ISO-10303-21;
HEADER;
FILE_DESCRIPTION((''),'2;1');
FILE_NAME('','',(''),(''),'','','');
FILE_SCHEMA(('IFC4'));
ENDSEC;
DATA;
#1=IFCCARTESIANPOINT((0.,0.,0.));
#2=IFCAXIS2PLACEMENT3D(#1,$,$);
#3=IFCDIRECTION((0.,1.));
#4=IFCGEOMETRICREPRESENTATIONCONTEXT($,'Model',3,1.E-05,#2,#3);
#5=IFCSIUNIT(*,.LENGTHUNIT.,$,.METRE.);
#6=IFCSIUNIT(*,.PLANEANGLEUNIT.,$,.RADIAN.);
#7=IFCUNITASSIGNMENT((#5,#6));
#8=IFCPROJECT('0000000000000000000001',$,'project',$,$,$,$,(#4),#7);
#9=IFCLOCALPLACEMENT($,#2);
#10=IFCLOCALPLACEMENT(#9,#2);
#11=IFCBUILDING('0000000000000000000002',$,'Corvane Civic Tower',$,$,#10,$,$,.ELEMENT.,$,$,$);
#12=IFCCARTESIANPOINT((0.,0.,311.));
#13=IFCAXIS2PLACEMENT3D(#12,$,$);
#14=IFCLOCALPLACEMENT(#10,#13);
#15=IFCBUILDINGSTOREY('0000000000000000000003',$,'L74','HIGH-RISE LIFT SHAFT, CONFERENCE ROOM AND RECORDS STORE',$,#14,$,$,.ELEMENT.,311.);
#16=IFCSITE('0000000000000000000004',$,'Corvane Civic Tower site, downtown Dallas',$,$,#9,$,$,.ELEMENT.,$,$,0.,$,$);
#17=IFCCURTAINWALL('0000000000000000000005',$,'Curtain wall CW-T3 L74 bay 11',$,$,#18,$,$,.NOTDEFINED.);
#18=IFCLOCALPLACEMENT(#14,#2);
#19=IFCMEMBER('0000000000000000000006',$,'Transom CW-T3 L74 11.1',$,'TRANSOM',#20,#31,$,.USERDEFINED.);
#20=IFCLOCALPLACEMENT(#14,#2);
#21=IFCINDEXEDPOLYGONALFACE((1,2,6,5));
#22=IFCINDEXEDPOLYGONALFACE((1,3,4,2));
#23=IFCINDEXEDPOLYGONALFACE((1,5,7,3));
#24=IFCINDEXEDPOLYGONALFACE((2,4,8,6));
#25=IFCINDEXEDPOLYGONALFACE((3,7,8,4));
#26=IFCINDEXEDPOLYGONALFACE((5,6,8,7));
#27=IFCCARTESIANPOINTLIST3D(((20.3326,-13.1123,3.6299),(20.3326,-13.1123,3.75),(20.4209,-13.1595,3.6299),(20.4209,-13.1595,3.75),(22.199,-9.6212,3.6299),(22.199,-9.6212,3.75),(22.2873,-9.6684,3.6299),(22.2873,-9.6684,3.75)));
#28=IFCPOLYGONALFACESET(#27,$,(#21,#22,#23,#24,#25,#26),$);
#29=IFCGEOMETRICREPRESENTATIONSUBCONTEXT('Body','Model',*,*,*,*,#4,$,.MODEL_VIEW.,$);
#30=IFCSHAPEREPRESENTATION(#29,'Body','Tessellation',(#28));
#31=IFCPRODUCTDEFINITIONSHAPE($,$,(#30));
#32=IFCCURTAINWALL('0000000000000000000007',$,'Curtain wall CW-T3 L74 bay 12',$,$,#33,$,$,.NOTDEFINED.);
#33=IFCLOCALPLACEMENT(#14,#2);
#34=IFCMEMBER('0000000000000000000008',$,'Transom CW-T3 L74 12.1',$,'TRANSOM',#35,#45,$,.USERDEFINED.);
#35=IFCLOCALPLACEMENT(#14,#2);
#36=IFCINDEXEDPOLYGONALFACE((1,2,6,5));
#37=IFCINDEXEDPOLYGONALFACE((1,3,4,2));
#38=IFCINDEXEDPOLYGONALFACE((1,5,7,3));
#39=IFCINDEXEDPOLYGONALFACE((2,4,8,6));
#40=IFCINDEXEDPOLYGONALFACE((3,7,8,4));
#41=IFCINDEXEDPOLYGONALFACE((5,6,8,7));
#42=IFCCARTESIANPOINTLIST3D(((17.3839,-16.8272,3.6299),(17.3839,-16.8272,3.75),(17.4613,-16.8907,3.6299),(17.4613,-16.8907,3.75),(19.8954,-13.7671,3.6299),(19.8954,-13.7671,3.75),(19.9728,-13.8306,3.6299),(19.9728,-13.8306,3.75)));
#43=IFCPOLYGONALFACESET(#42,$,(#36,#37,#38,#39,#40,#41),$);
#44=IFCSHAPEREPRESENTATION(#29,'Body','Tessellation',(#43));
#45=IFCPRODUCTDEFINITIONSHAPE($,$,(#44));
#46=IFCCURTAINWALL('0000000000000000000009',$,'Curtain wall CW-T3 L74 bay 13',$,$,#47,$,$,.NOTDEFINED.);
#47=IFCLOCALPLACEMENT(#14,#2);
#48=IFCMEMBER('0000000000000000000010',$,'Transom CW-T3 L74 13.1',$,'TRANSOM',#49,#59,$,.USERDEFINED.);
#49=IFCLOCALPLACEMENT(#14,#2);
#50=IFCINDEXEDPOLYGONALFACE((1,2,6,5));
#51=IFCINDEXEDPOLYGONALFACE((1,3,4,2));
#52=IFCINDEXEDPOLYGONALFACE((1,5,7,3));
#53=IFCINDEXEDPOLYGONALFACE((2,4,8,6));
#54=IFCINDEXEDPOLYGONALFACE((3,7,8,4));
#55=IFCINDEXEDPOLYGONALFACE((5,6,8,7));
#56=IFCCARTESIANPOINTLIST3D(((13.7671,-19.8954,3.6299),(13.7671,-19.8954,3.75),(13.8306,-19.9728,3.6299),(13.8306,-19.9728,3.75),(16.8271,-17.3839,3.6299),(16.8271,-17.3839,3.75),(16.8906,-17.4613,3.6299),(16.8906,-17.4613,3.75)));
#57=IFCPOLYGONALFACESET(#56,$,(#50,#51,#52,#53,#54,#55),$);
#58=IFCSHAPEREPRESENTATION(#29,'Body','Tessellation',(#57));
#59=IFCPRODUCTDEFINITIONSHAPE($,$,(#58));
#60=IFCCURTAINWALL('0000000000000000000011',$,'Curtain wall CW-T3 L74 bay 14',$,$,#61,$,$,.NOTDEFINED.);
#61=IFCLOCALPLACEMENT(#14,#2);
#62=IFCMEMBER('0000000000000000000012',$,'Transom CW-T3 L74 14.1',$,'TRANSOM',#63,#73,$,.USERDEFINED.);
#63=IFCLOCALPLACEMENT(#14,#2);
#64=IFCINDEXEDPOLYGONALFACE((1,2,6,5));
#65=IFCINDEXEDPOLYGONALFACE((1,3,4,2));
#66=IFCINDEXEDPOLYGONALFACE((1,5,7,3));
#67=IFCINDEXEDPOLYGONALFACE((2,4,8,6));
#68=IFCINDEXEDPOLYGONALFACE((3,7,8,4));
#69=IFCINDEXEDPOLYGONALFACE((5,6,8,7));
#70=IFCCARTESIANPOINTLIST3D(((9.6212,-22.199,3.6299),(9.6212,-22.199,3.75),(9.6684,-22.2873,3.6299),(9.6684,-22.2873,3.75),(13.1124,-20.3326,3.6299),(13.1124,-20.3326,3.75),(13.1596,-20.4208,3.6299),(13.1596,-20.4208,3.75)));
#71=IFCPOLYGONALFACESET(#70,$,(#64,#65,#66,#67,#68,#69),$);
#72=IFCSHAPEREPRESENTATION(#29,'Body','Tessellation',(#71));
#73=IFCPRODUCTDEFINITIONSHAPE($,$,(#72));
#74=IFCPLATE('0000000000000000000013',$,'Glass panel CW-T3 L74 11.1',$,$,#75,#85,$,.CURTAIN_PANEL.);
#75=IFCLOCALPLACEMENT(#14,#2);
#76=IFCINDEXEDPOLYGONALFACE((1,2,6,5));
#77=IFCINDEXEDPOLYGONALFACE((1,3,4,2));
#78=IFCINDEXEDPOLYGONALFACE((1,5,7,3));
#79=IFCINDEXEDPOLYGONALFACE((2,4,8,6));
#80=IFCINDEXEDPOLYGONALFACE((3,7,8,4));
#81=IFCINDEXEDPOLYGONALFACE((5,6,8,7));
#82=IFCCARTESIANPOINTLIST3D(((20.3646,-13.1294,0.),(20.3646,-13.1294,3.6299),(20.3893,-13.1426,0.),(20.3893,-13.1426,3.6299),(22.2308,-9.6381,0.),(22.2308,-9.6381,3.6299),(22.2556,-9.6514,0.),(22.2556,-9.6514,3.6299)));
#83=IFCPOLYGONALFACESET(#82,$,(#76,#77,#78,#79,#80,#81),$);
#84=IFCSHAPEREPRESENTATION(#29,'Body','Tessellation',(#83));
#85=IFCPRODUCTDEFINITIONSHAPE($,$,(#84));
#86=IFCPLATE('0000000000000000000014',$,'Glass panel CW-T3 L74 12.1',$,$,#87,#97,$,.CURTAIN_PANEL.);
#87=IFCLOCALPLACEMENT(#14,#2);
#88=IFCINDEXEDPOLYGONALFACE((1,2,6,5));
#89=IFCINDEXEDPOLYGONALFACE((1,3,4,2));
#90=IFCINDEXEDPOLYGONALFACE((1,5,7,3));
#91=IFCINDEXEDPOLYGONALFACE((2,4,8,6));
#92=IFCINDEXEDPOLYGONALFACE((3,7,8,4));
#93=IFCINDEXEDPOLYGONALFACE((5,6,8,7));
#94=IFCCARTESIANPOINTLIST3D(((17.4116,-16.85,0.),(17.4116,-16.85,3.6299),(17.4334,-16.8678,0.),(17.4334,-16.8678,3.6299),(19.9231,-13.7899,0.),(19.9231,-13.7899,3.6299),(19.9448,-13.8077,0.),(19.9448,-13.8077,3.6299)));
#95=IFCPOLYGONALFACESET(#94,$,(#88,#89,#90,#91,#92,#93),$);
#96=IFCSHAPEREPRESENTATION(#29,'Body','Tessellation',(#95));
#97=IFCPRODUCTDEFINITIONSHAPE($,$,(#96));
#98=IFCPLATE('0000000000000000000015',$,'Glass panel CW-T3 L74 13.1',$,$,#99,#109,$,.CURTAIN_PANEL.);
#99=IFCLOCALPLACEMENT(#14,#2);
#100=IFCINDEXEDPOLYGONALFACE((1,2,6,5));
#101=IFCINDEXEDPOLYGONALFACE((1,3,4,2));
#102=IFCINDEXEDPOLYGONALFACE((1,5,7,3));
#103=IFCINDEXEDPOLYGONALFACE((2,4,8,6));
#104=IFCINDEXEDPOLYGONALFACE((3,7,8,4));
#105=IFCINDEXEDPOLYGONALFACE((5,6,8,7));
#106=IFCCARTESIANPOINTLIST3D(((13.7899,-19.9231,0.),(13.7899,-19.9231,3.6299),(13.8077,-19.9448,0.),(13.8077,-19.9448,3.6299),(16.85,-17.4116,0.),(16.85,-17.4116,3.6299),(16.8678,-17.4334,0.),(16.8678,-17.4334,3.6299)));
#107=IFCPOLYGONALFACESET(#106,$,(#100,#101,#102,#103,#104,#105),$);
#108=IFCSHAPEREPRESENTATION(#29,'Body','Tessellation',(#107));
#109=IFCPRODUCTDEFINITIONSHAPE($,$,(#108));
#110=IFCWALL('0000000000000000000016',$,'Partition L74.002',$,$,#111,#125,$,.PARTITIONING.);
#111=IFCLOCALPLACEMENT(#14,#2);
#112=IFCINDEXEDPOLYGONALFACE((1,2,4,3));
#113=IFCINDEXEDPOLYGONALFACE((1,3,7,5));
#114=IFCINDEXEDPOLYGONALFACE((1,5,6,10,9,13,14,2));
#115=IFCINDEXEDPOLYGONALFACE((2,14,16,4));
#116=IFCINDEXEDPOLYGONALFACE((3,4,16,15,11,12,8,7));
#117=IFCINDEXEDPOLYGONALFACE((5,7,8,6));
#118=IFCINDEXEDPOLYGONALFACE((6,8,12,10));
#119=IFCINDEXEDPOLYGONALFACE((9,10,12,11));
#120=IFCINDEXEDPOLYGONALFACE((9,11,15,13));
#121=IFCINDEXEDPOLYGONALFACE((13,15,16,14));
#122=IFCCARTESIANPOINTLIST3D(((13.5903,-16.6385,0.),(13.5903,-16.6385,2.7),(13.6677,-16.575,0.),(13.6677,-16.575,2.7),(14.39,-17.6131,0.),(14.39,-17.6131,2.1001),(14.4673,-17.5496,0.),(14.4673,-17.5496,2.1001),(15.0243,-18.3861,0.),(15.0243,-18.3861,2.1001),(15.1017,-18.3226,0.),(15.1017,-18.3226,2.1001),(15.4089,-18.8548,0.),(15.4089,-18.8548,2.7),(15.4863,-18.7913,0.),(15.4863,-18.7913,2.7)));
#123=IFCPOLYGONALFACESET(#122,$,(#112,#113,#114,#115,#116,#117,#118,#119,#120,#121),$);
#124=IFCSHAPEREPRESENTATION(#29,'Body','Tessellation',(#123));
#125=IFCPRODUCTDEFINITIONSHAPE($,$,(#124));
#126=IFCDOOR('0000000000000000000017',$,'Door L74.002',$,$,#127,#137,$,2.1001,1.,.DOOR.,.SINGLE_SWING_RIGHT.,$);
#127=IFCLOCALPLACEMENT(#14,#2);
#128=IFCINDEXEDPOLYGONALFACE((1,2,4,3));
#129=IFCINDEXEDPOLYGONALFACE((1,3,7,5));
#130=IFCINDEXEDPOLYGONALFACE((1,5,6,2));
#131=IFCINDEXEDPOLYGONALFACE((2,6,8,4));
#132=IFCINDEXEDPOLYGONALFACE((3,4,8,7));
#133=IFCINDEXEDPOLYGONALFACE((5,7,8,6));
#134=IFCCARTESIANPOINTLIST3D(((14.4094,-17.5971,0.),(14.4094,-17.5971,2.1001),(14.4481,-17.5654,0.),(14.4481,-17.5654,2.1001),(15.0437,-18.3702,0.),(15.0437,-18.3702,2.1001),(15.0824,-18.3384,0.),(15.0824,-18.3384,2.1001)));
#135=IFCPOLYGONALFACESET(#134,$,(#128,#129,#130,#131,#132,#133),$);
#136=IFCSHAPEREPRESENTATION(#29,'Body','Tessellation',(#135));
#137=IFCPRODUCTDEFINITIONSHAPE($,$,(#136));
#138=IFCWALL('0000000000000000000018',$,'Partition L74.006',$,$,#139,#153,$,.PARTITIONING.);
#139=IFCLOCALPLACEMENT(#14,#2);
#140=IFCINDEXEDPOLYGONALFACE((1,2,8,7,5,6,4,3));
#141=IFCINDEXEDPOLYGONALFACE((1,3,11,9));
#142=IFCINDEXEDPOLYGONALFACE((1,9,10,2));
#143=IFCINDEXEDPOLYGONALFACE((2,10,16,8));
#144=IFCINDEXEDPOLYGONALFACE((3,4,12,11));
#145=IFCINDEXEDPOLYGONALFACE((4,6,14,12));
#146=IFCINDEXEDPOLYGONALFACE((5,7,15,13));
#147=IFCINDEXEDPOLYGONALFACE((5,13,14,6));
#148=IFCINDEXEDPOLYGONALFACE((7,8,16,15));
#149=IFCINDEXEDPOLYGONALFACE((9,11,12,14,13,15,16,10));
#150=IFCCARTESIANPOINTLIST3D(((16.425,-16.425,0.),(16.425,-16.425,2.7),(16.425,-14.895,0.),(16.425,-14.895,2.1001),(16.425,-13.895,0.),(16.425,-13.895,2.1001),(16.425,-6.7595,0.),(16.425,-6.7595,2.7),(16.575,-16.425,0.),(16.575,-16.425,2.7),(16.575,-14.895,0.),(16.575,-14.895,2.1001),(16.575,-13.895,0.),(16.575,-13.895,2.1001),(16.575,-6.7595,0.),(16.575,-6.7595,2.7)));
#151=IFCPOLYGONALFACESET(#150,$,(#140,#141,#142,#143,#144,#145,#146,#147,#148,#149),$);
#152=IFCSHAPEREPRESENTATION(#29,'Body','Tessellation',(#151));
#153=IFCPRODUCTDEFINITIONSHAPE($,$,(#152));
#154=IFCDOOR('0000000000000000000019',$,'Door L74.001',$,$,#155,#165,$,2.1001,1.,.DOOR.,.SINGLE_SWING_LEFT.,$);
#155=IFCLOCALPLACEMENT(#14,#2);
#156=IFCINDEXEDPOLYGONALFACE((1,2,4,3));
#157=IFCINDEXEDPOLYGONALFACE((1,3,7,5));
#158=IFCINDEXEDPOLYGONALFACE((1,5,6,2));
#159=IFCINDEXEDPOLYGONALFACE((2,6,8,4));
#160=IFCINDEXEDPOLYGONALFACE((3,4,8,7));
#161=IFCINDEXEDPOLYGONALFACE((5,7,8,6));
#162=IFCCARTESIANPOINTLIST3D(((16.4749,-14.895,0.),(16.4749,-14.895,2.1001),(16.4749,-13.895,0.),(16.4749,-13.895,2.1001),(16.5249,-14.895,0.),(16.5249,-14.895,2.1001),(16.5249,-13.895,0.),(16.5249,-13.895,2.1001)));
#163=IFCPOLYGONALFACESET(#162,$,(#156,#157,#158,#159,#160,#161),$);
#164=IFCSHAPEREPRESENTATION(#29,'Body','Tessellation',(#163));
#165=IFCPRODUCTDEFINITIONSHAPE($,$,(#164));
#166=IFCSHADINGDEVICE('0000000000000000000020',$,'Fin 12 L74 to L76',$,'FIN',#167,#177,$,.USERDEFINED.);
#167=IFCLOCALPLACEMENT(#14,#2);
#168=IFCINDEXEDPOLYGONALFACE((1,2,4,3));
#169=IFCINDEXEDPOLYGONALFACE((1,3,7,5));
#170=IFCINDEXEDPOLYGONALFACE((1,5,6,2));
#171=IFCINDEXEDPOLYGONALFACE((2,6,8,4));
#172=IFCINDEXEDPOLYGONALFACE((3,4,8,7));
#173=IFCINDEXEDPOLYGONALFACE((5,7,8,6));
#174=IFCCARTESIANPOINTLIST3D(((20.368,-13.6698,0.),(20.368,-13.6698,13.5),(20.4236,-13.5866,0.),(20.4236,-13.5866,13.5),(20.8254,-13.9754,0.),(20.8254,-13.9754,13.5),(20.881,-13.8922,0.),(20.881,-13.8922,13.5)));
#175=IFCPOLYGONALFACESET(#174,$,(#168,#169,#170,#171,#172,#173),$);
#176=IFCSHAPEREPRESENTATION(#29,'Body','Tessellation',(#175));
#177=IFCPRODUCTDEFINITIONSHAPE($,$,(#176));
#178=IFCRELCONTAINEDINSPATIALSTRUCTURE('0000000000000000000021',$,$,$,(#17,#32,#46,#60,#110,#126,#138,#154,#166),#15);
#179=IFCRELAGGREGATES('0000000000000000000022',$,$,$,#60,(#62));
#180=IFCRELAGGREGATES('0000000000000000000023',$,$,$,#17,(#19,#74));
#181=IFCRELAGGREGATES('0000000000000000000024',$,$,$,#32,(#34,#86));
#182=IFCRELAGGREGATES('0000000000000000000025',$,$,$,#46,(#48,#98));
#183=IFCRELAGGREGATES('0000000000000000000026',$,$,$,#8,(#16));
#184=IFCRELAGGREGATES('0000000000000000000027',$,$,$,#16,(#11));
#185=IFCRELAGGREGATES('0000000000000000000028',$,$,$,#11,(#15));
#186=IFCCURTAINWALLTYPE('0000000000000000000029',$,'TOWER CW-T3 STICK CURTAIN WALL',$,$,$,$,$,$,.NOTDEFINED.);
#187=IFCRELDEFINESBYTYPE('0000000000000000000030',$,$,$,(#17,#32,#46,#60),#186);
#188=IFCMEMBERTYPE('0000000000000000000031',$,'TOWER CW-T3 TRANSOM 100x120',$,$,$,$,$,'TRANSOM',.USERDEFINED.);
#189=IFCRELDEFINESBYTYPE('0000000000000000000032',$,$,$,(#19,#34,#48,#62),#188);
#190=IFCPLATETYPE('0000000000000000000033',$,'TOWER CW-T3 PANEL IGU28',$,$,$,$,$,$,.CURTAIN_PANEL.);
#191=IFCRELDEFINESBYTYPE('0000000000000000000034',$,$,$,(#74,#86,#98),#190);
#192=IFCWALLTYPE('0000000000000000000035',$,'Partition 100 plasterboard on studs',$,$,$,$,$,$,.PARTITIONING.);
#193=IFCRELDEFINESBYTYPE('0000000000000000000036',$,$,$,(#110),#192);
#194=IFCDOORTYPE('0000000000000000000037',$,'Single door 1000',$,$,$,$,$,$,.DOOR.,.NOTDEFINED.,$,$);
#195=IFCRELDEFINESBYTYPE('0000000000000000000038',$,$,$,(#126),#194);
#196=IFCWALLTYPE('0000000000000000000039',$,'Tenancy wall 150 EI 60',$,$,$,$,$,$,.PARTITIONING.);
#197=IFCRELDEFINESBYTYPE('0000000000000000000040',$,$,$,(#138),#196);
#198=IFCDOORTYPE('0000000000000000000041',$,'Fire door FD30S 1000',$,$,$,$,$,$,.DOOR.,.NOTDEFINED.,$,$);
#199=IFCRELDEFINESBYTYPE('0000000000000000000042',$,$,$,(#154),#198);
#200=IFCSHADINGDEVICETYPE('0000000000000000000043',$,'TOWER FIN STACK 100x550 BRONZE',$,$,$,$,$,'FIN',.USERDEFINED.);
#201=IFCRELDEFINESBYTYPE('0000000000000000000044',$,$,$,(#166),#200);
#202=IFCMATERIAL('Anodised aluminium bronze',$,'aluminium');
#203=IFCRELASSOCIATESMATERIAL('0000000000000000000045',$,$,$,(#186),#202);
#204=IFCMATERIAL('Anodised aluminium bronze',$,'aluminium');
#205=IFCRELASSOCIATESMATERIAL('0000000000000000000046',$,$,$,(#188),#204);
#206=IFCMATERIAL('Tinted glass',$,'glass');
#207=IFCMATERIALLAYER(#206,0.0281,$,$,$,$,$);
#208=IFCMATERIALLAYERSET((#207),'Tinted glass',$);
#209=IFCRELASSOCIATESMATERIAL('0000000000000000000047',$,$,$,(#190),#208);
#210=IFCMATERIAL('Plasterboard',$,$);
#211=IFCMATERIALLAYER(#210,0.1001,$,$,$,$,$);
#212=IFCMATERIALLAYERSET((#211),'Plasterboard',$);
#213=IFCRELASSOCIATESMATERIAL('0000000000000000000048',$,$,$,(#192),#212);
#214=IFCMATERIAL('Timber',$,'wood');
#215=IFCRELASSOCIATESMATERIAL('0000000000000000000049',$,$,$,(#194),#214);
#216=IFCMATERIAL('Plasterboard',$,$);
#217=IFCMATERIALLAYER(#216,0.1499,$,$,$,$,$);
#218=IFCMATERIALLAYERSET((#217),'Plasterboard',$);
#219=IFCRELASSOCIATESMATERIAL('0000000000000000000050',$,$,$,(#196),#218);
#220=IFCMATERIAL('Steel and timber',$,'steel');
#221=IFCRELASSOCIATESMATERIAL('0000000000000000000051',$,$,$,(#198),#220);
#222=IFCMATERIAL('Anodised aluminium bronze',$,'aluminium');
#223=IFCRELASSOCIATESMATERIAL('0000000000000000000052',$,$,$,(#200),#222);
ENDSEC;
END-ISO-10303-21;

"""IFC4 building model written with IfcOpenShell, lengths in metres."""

from ifc_helpers import new_model, si_unit, direction, frame, frame_2d, origin, origin_2d, place, context, subcontext, project, spatial, rectangle, extrude, material, layer, layer_set, material_profile, profile_set, type_object, element, fill, aggregate, save


model = new_model("IFC4")

# Units and contexts
model_context = context("Model", 3, precision=1e-05, world=origin(), true_north=direction((0.0, 1.0)))
body_context = subcontext(model_context, "Body", "Model", "MODEL_VIEW")
ifc_project = project(units=[si_unit("LENGTHUNIT", "METRE"), si_unit("PLANEANGLEUNIT", "RADIAN")], contexts=[model_context])

# Site, building, storey
site_placement = place(None, origin())
site = spatial("IfcSite", under=ifc_project, at=site_placement, Name="Corvane Civic Tower site, downtown Dallas", CompositionType="ELEMENT", RefElevation=0.0)
building_placement = place(site_placement, origin())
building = spatial("IfcBuilding", under=site, at=building_placement, Name="Corvane Civic Tower", CompositionType="ELEMENT")
storey_placement = place(building_placement, frame((0.0, 0.0, 311.0)))
storey = spatial("IfcBuildingStorey", under=building, at=storey_placement, Name="L74", Description="HIGH-RISE LIFT SHAFT, CONFERENCE ROOM AND RECORDS STORE", CompositionType="ELEMENT", Elevation=311.0)

# Curtain walls, members
ifc_material_1 = material(Name="Anodised aluminium bronze", Category="aluminium")
curtain_wall_type = type_object("IfcCurtainWallType", Name="TOWER CW-T3 STICK CURTAIN WALL", PredefinedType="NOTDEFINED", material=ifc_material_1)
curtain_wall_1_placement = place(storey_placement, origin())
curtain_wall_1 = element("IfcCurtainWall", 1, at=curtain_wall_1_placement, inside=storey, type_object=curtain_wall_type, Name="Curtain wall CW-T3 L74 bay 11", PredefinedType="NOTDEFINED")
ifc_material_2 = material(Name="Anodised aluminium bronze", Category="aluminium")
ifc_material_profile_1 = material_profile(ifc_material_2, rectangle(XDim=0.1001, YDim=0.1201, at=origin_2d()), Name="TOWER CW-T3 TRANSOM 100x120")
ifc_profile_set_1 = profile_set([ifc_material_profile_1], Name="Anodised aluminium bronze")
member_type = type_object("IfcMemberType", Name="TOWER CW-T3 TRANSOM 100x120", ElementType="TRANSOM", PredefinedType="USERDEFINED", material=ifc_profile_set_1)
member_1_placement = place(storey_placement, frame((22.2432, -9.6448, 3.6899), z_axis=(-0.471468, -0.881883, 0.0), x_axis=(0.881883, -0.471468, 0.0)))
member_1 = element("IfcMember", 2, at=member_1_placement, type_object=member_type, Name="Transom CW-T3 L74 11.1", ObjectType="TRANSOM", PredefinedType="USERDEFINED", context=body_context, shape_type="SweptSolid", body=[
    extrude(rectangle(XDim=0.1001, YDim=0.1201, at=origin_2d()), origin(), (0.0, 0.0, 1.0), 3.9587),
])
curtain_wall_2_placement = place(storey_placement, origin())
curtain_wall_2 = element("IfcCurtainWall", 3, at=curtain_wall_2_placement, inside=storey, type_object=curtain_wall_type, Name="Curtain wall CW-T3 L74 bay 12", PredefinedType="NOTDEFINED")
member_2_placement = place(storey_placement, frame((19.9341, -13.7988, 3.6899), z_axis=(-0.634416, -0.772992, 0.0), x_axis=(0.772992, -0.634416, 0.0)))
member_2 = element("IfcMember", 4, at=member_2_placement, type_object=member_type, Name="Transom CW-T3 L74 12.1", ObjectType="TRANSOM", PredefinedType="USERDEFINED", context=body_context, shape_type="SweptSolid", body=[
    extrude(rectangle(XDim=0.1001, YDim=0.1201, at=origin_2d()), origin(), (0.0, 0.0, 1.0), 3.9587),
])
curtain_wall_3_placement = place(storey_placement, origin())
curtain_wall_3 = element("IfcCurtainWall", 5, at=curtain_wall_3_placement, inside=storey, type_object=curtain_wall_type, Name="Curtain wall CW-T3 L74 bay 13", PredefinedType="NOTDEFINED")
member_3_placement = place(storey_placement, frame((16.8589, -17.4226, 3.6899), z_axis=(-0.772992, -0.634416, 0.0), x_axis=(0.634416, -0.772992, 0.0)))
member_3 = element("IfcMember", 6, at=member_3_placement, type_object=member_type, Name="Transom CW-T3 L74 13.1", ObjectType="TRANSOM", PredefinedType="USERDEFINED", context=body_context, shape_type="SweptSolid", body=[
    extrude(rectangle(XDim=0.1001, YDim=0.1201, at=origin_2d()), origin(), (0.0, 0.0, 1.0), 3.9587),
])
curtain_wall_4_placement = place(storey_placement, origin())
curtain_wall_4 = element("IfcCurtainWall", 7, at=curtain_wall_4_placement, inside=storey, type_object=curtain_wall_type, Name="Curtain wall CW-T3 L74 bay 14", PredefinedType="NOTDEFINED")
member_4_placement = place(storey_placement, frame((13.136, -20.3767, 3.6899), z_axis=(-0.881883, -0.471468, 0.0), x_axis=(0.471468, -0.881883, 0.0)))
member_4 = element("IfcMember", 8, at=member_4_placement, type_object=member_type, Name="Transom CW-T3 L74 14.1", ObjectType="TRANSOM", PredefinedType="USERDEFINED", context=body_context, shape_type="SweptSolid", body=[
    extrude(rectangle(XDim=0.1001, YDim=0.1201, at=origin_2d()), origin(), (0.0, 0.0, 1.0), 3.9587),
])
aggregate(curtain_wall_4, [member_4])

# Plates
ifc_material_3 = material(Name="Tinted glass", Category="glass")
ifc_layer_1 = layer(ifc_material_3, 0.0281)
ifc_layer_set_1 = layer_set([ifc_layer_1], Name="Tinted glass")
plate_type = type_object("IfcPlateType", Name="TOWER CW-T3 PANEL IGU28", PredefinedType="CURTAIN_PANEL", material=ifc_layer_set_1)
plate_1_placement = place(storey_placement, frame((21.3101, -11.3904, 0.0), z_axis=(0.0, 0.0, 1.0), x_axis=(-0.471421, -0.881908, 0.0)))
plate_1 = element("IfcPlate", 9, at=plate_1_placement, type_object=plate_type, Name="Glass panel CW-T3 L74 11.1", PredefinedType="CURTAIN_PANEL", context=body_context, shape_type="SweptSolid", body=[
    extrude(rectangle(XDim=3.9587, YDim=0.0281, at=origin_2d()), origin(), (0.0, 0.0, 1.0), 3.6299),
])
aggregate(curtain_wall_1, [member_1, plate_1])
plate_2_placement = place(storey_placement, frame((18.6782, -15.3289, 0.0), z_axis=(0.0, 0.0, 1.0), x_axis=(-0.634405, -0.773001, 0.0)))
plate_2 = element("IfcPlate", 10, at=plate_2_placement, type_object=plate_type, Name="Glass panel CW-T3 L74 12.1", PredefinedType="CURTAIN_PANEL", context=body_context, shape_type="SweptSolid", body=[
    extrude(rectangle(XDim=3.9587, YDim=0.0281, at=origin_2d()), origin(), (0.0, 0.0, 1.0), 3.6299),
])
aggregate(curtain_wall_2, [member_2, plate_2])
plate_3_placement = place(storey_placement, frame((15.3289, -18.6782, 0.0), z_axis=(0.0, 0.0, 1.0), x_axis=(-0.773001, -0.634405, 0.0)))
plate_3 = element("IfcPlate", 11, at=plate_3_placement, type_object=plate_type, Name="Glass panel CW-T3 L74 13.1", PredefinedType="CURTAIN_PANEL", context=body_context, shape_type="SweptSolid", body=[
    extrude(rectangle(XDim=3.9587, YDim=0.0281, at=origin_2d()), origin(), (0.0, 0.0, 1.0), 3.6299),
])
aggregate(curtain_wall_3, [member_3, plate_3])

# Walls, openings, doors
ifc_material_4 = material(Name="Plasterboard")
ifc_layer_2 = layer(ifc_material_4, 0.1001)
ifc_layer_set_2 = layer_set([ifc_layer_2], Name="Plasterboard")
wall_type_1 = type_object("IfcWallType", Name="Partition 100 plasterboard on studs", PredefinedType="PARTITIONING", material=ifc_layer_set_2)
wall_1_placement = place(storey_placement, frame((13.6289, -16.6067, 0.0), z_axis=(0.0, 0.0, 1.0), x_axis=(0.634336, -0.773057, 0.0)))
wall_1 = element("IfcWall", 12, at=wall_1_placement, inside=storey, type_object=wall_type_1, Name="Partition L74.002", PredefinedType="PARTITIONING", context=body_context, shape_type="SweptSolid", body=[
    extrude(rectangle(XDim=2.8669, YDim=0.1001, at=frame_2d((1.4336, 0.0))), origin(), (0.0, 0.0, 1.0), 2.7),
])
opening_1_placement = place(wall_1_placement, frame((1.2607, 0.0, 0.0)))
opening_1 = element("IfcOpeningElement", 13, at=opening_1_placement, cuts=wall_1, PredefinedType="OPENING", context=body_context, shape_type="SweptSolid", body=[
    extrude(rectangle(XDim=1.0, YDim=2.1001, at=frame_2d((0.5, 1.05))), frame((0.0, 0.0601, 0.0), z_axis=(0.0, -1.0, 0.0), x_axis=(1.0, 0.0, 0.0)), (0.0, 0.0, 1.0), 0.1201),
])
ifc_material_5 = material(Name="Timber", Category="wood")
door_type_1 = type_object("IfcDoorType", Name="Single door 1000", OperationType="NOTDEFINED", PredefinedType="DOOR", material=ifc_material_5)
door_1_placement = place(opening_1_placement, frame((1.0, 0.0, 0.0), z_axis=(0.0, 0.0, 1.0), x_axis=(-1.0, 0.0, 0.0)))
door_1 = element("IfcDoor", 14, at=door_1_placement, inside=storey, type_object=door_type_1, Name="Door L74.002", OperationType="SINGLE_SWING_RIGHT", OverallHeight=2.1001, OverallWidth=1.0, PredefinedType="DOOR", context=body_context, shape_type="SweptSolid", body=[
    extrude(rectangle(XDim=1.0, YDim=2.1001, at=frame_2d((0.5, 1.05))), frame((0.0, 0.0249, 0.0), z_axis=(0.0, -1.0, 0.0), x_axis=(1.0, 0.0, 0.0)), (0.0, 0.0, 1.0), 0.05),
])
fill(opening_1, door_1)
ifc_material_6 = material(Name="Plasterboard")
ifc_layer_3 = layer(ifc_material_6, 0.1499)
ifc_layer_set_3 = layer_set([ifc_layer_3], Name="Plasterboard")
wall_type_2 = type_object("IfcWallType", Name="Tenancy wall 150 EI 60", PredefinedType="PARTITIONING", material=ifc_layer_set_3)
wall_2_placement = place(storey_placement, frame((16.5, -16.425, 0.0), z_axis=(0.0, 0.0, 1.0), x_axis=(0.0, 1.0, 0.0)))
wall_2 = element("IfcWall", 15, at=wall_2_placement, inside=storey, type_object=wall_type_2, Name="Partition L74.006", PredefinedType="PARTITIONING", context=body_context, shape_type="SweptSolid", body=[
    extrude(rectangle(XDim=9.6655, YDim=0.1499, at=frame_2d((4.8328, 0.0))), origin(), (0.0, 0.0, 1.0), 2.7),
])
opening_2_placement = place(wall_2_placement, frame((1.53, 0.0, 0.0)))
opening_2 = element("IfcOpeningElement", 16, at=opening_2_placement, cuts=wall_2, PredefinedType="OPENING", context=body_context, shape_type="SweptSolid", body=[
    extrude(rectangle(XDim=1.0, YDim=2.1001, at=frame_2d((0.5, 1.05))), frame((0.0, 0.085, 0.0), z_axis=(0.0, -1.0, 0.0), x_axis=(1.0, 0.0, 0.0)), (0.0, 0.0, 1.0), 0.1699),
])
ifc_material_7 = material(Name="Steel and timber", Category="steel")
door_type_2 = type_object("IfcDoorType", Name="Fire door FD30S 1000", OperationType="NOTDEFINED", PredefinedType="DOOR", material=ifc_material_7)
door_2_placement = place(opening_2_placement, frame((1.0, 0.0, 0.0), z_axis=(0.0, 0.0, 1.0), x_axis=(-1.0, 0.0, 0.0)))
door_2 = element("IfcDoor", 17, at=door_2_placement, inside=storey, type_object=door_type_2, Name="Door L74.001", OperationType="SINGLE_SWING_LEFT", OverallHeight=2.1001, OverallWidth=1.0, PredefinedType="DOOR", context=body_context, shape_type="SweptSolid", body=[
    extrude(rectangle(XDim=1.0, YDim=2.1001, at=frame_2d((0.5, 1.05))), frame((0.0, 0.0249, 0.0), z_axis=(0.0, -1.0, 0.0), x_axis=(1.0, 0.0, 0.0)), (0.0, 0.0, 1.0), 0.05),
])
fill(opening_2, door_2)

# Shading device
ifc_material_8 = material(Name="Anodised aluminium bronze", Category="aluminium")
ifc_material_profile_2 = material_profile(ifc_material_8, rectangle(XDim=0.1001, YDim=0.55, at=origin_2d()), Name="TOWER FIN STACK 100x550 BRONZE")
ifc_profile_set_2 = profile_set([ifc_material_profile_2], Name="Anodised aluminium bronze")
shading_device_type = type_object("IfcShadingDeviceType", Name="TOWER FIN STACK 100x550 BRONZE", ElementType="FIN", PredefinedType="USERDEFINED", material=ifc_profile_set_2)
for number, where, z_axis, x_axis, name in (
    (18, (20.6245, -13.781, 0.0), (0.0, 0.0, 1.0), (-0.55557, -0.83147, 0.0), "Fin 12 L74 to L76"),
):
    element("IfcShadingDevice", number, at=place(storey_placement, frame(where, z_axis=z_axis, x_axis=x_axis)), inside=storey, type_object=shading_device_type, Name=name, ObjectType="FIN", PredefinedType="USERDEFINED", context=body_context, shape_type="SweptSolid", body=[
        extrude(rectangle(XDim=0.1001, YDim=0.55, at=origin_2d()), origin(), (0.0, 0.0, 1.0), 13.5),
    ])

save(model, "model.ifc")
